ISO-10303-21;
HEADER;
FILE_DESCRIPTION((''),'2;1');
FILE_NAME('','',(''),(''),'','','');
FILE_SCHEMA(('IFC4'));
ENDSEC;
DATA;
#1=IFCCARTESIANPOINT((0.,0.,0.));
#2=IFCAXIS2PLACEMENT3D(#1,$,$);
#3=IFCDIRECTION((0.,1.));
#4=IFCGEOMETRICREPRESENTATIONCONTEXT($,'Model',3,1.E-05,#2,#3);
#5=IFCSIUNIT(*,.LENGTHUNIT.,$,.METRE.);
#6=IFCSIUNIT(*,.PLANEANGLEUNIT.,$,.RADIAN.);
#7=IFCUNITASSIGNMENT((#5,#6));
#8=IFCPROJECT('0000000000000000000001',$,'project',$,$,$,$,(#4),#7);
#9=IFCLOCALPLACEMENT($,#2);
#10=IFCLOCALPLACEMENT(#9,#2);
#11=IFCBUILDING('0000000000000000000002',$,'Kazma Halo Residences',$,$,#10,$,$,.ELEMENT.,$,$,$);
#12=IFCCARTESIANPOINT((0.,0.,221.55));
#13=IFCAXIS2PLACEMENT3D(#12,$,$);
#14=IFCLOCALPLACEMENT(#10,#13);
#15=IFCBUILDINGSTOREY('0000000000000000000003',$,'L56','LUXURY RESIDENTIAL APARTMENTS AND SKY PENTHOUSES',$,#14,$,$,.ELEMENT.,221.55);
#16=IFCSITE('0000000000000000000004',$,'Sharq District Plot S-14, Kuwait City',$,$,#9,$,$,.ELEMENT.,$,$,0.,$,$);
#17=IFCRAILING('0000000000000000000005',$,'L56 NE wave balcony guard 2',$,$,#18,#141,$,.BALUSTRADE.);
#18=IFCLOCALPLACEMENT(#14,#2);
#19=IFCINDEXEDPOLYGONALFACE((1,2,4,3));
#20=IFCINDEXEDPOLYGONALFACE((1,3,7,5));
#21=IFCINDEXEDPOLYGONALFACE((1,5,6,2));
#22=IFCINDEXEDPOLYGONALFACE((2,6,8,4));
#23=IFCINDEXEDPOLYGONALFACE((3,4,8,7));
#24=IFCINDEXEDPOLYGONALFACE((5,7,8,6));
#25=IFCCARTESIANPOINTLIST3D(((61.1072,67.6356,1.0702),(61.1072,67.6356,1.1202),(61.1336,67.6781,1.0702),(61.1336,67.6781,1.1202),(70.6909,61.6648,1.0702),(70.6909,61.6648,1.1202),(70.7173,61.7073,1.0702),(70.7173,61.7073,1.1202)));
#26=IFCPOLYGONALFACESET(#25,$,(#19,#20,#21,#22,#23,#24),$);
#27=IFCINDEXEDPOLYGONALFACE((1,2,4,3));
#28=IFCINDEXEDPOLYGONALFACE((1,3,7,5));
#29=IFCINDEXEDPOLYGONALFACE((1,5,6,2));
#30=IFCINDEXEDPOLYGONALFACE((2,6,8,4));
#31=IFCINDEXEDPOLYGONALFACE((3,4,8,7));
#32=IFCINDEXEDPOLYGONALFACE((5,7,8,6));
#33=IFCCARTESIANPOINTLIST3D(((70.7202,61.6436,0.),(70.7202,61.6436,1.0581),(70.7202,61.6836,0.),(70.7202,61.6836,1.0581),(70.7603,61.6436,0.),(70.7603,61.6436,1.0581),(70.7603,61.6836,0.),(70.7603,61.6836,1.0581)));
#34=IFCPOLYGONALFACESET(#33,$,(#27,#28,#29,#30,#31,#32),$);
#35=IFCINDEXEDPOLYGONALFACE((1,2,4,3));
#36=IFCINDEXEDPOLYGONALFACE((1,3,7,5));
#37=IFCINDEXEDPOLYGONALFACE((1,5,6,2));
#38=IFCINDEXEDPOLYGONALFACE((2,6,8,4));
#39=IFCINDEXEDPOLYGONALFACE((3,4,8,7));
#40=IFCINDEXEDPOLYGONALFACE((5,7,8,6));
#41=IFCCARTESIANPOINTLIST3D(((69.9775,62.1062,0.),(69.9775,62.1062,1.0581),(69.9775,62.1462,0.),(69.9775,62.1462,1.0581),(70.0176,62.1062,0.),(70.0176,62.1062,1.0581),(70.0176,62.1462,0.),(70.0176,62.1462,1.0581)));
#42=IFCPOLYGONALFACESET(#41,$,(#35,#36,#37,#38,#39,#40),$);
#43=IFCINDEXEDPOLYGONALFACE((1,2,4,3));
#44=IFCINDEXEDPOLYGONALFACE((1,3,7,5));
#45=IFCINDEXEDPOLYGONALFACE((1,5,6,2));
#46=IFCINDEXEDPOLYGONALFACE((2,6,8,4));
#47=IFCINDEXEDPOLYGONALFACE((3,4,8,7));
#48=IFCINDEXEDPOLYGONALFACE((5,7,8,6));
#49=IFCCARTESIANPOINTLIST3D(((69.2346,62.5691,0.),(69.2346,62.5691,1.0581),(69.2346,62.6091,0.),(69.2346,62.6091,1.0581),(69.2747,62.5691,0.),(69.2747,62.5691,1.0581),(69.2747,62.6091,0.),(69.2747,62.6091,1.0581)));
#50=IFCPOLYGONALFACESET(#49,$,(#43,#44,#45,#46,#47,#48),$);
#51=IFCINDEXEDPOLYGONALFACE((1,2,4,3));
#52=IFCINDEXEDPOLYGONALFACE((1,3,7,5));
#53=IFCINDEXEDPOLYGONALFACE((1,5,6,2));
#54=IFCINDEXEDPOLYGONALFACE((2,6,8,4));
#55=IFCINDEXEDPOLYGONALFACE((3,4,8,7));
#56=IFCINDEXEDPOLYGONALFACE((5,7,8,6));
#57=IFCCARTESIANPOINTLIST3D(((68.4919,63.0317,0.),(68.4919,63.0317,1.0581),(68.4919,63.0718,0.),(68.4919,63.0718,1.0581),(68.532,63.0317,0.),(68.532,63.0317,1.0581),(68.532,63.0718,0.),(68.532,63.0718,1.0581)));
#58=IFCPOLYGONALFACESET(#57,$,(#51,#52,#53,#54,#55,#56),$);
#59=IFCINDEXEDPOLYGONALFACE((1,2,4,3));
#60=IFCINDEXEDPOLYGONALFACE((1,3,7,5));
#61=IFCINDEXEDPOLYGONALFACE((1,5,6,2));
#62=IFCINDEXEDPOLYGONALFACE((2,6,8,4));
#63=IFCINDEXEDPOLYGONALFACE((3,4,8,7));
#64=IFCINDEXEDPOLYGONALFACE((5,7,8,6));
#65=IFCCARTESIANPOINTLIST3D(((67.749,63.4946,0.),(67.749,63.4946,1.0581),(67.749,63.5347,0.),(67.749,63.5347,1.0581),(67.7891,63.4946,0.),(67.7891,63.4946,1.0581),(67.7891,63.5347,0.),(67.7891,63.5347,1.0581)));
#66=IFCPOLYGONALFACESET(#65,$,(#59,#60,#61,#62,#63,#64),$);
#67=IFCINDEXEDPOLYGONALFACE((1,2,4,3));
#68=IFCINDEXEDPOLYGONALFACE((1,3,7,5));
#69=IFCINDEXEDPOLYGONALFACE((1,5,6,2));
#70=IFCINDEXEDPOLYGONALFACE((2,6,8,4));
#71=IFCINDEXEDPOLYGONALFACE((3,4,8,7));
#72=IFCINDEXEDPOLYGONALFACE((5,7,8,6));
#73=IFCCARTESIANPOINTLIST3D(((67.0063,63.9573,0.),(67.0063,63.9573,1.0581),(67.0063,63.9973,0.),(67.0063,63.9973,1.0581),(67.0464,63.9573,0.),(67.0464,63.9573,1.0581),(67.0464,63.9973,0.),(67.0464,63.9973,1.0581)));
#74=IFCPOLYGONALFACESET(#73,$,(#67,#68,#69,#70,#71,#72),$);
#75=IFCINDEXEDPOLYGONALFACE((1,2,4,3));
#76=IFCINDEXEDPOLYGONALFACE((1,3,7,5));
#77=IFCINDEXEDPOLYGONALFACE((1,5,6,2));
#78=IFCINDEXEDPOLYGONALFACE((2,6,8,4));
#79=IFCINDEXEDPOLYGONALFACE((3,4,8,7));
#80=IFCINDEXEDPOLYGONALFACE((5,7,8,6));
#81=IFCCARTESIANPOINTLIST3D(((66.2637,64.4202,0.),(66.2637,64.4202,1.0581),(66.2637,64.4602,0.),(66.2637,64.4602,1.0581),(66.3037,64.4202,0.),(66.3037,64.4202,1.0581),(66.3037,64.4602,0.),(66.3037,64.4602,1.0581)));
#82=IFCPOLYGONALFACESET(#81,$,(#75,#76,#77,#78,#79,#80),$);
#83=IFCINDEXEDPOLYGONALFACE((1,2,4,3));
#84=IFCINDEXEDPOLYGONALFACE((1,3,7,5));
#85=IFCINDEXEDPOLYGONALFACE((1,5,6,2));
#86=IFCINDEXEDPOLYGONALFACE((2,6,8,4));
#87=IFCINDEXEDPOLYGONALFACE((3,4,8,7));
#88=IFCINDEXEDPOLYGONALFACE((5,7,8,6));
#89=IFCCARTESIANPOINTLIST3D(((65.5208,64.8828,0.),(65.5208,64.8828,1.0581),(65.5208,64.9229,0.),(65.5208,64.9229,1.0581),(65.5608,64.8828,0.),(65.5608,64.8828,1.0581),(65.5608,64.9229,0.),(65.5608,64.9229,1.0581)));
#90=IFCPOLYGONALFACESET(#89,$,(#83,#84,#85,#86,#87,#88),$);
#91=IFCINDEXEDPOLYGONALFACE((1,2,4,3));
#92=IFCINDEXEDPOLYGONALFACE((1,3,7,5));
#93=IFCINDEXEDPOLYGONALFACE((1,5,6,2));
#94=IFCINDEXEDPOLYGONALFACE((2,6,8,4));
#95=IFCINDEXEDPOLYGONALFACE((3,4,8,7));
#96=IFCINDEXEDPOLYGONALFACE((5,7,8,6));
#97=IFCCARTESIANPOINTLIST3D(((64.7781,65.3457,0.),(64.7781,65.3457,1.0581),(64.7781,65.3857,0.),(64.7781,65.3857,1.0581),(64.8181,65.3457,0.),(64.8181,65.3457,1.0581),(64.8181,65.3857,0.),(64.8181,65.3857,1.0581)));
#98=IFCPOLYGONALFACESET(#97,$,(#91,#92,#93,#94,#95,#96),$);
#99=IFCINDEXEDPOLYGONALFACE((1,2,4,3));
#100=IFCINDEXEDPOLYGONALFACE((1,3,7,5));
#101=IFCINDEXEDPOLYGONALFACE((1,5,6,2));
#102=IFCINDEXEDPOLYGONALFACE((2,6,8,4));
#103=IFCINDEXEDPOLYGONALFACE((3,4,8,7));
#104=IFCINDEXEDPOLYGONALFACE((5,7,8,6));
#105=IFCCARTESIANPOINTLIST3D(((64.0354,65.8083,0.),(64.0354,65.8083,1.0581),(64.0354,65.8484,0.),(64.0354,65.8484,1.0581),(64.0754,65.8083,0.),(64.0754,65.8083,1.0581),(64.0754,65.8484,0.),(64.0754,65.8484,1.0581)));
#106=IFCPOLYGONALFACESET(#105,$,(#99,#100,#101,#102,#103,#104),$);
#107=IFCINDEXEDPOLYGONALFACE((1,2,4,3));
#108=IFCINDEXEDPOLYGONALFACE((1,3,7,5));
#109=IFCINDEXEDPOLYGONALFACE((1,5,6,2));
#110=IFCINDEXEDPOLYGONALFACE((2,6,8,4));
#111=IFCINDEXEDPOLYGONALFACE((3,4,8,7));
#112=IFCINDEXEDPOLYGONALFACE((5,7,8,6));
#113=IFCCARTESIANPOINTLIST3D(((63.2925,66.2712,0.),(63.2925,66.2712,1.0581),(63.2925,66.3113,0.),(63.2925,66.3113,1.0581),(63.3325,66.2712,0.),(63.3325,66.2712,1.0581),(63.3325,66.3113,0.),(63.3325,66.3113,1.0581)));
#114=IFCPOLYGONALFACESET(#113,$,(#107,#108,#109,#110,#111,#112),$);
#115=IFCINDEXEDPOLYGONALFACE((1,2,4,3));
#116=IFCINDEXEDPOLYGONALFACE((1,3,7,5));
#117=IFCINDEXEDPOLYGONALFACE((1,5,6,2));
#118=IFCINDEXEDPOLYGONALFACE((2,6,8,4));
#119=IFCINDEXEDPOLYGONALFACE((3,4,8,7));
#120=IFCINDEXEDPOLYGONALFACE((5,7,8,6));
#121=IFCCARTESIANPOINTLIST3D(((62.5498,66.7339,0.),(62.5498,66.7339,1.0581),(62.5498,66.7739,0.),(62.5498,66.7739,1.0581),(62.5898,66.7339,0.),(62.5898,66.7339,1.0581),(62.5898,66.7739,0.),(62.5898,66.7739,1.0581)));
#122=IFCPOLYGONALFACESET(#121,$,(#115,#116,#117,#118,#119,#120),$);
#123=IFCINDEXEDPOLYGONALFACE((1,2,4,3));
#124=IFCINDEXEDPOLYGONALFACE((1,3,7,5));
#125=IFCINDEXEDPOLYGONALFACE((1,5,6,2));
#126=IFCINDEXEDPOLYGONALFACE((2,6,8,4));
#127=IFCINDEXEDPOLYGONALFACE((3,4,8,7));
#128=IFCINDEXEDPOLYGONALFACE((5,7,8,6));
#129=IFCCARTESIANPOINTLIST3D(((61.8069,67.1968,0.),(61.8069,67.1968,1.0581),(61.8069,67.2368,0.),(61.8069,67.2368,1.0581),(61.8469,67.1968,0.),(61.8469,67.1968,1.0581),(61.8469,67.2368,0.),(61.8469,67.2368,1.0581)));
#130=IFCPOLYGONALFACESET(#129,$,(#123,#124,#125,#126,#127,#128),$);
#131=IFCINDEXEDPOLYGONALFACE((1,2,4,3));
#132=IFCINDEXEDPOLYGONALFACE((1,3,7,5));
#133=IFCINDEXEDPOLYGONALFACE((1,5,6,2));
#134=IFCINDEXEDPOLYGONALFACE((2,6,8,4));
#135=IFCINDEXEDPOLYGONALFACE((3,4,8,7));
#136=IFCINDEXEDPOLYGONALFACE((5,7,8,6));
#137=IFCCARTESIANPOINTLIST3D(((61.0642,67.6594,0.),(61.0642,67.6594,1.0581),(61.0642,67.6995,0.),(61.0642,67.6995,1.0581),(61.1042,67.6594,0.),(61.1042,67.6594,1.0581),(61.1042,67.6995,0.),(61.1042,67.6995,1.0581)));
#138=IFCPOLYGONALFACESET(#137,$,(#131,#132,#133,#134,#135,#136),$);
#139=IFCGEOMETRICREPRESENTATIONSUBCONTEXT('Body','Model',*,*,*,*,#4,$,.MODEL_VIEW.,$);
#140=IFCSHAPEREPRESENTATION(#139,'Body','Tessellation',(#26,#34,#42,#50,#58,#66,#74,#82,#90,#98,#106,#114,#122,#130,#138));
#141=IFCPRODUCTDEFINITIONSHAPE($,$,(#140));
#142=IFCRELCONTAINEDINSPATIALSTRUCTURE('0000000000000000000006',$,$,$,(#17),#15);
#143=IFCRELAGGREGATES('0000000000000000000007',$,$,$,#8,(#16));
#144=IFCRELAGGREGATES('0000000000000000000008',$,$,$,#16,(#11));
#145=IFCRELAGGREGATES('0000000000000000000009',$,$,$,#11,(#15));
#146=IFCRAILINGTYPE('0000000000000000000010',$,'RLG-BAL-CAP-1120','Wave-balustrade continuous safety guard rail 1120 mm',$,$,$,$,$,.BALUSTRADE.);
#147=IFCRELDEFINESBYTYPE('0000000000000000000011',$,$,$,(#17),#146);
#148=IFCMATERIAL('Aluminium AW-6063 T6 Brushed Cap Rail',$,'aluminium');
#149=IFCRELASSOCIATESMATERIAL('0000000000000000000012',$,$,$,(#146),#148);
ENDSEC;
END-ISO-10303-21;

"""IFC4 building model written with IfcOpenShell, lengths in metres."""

from ifc_helpers import new_model, si_unit, direction, frame, origin, origin_2d, place, context, subcontext, project, spatial, rectangle, extrude, material, type_object, element, save


model = new_model("IFC4")

# Units and contexts
model_context = context("Model", 3, precision=1e-05, world=origin(), true_north=direction((0.0, 1.0)))
body_context = subcontext(model_context, "Body", "Model", "MODEL_VIEW")
ifc_project = project(units=[si_unit("LENGTHUNIT", "METRE"), si_unit("PLANEANGLEUNIT", "RADIAN")], contexts=[model_context])

# Site, building, storey
site_placement = place(None, origin())
site = spatial("IfcSite", under=ifc_project, at=site_placement, Name="Sharq District Plot S-14, Kuwait City", CompositionType="ELEMENT", RefElevation=0.0)
building_placement = place(site_placement, origin())
building = spatial("IfcBuilding", under=site, at=building_placement, Name="Kazma Halo Residences", CompositionType="ELEMENT")
storey_placement = place(building_placement, frame((0.0, 0.0, 221.55)))
storey = spatial("IfcBuildingStorey", under=building, at=storey_placement, Name="L56", Description="LUXURY RESIDENTIAL APARTMENTS AND SKY PENTHOUSES", CompositionType="ELEMENT", Elevation=221.55)

# Railing
ifc_material_1 = material(Name="Aluminium AW-6063 T6 Brushed Cap Rail", Category="aluminium")
railing_type = type_object("IfcRailingType", Name="RLG-BAL-CAP-1120", Description="Wave-balustrade continuous safety guard rail 1120 mm", PredefinedType="BALUSTRADE", material=ifc_material_1)
railing_1_placement = place(storey_placement, frame((70.7402, 61.6636, 0.0)))
element("IfcRailing", 1, at=railing_1_placement, inside=storey, type_object=railing_type, Name="L56 NE wave balcony guard 2", PredefinedType="BALUSTRADE", context=body_context, shape_type="SweptSolid", body=[
    extrude(rectangle(XDim=0.05, YDim=0.05, at=origin_2d()), frame((-0.0361, 0.0225, 1.0952), z_axis=(-0.848753, 0.528789, 0.0), x_axis=(-0.528789, -0.848753, 0.0)), (0.0, 0.0, 1.0), 11.2915),
    extrude(rectangle(XDim=0.04, YDim=0.04, at=origin_2d()), origin(), (0.0, 0.0, 1.0), 1.0581),
    extrude(rectangle(XDim=0.04, YDim=0.04, at=origin_2d()), frame((-0.7427, 0.4626, 0.0)), (0.0, 0.0, 1.0), 1.0581),
    extrude(rectangle(XDim=0.04, YDim=0.04, at=origin_2d()), frame((-1.4856, 0.9255, 0.0)), (0.0, 0.0, 1.0), 1.0581),
    extrude(rectangle(XDim=0.04, YDim=0.04, at=origin_2d()), frame((-2.2283, 1.3882, 0.0)), (0.0, 0.0, 1.0), 1.0581),
    extrude(rectangle(XDim=0.04, YDim=0.04, at=origin_2d()), frame((-2.9712, 1.8511, 0.0)), (0.0, 0.0, 1.0), 1.0581),
    extrude(rectangle(XDim=0.04, YDim=0.04, at=origin_2d()), frame((-3.7139, 2.3137, 0.0)), (0.0, 0.0, 1.0), 1.0581),
    extrude(rectangle(XDim=0.04, YDim=0.04, at=origin_2d()), frame((-4.4565, 2.7766, 0.0)), (0.0, 0.0, 1.0), 1.0581),
    extrude(rectangle(XDim=0.04, YDim=0.04, at=origin_2d()), frame((-5.1995, 3.2393, 0.0)), (0.0, 0.0, 1.0), 1.0581),
    extrude(rectangle(XDim=0.04, YDim=0.04, at=origin_2d()), frame((-5.9421, 3.7021, 0.0)), (0.0, 0.0, 1.0), 1.0581),
    extrude(rectangle(XDim=0.04, YDim=0.04, at=origin_2d()), frame((-6.6848, 4.1648, 0.0)), (0.0, 0.0, 1.0), 1.0581),
    extrude(rectangle(XDim=0.04, YDim=0.04, at=origin_2d()), frame((-7.4277, 4.6277, 0.0)), (0.0, 0.0, 1.0), 1.0581),
    extrude(rectangle(XDim=0.04, YDim=0.04, at=origin_2d()), frame((-8.1704, 5.0903, 0.0)), (0.0, 0.0, 1.0), 1.0581),
    extrude(rectangle(XDim=0.04, YDim=0.04, at=origin_2d()), frame((-8.9133, 5.5532, 0.0)), (0.0, 0.0, 1.0), 1.0581),
    extrude(rectangle(XDim=0.04, YDim=0.04, at=origin_2d()), frame((-9.656, 6.0159, 0.0)), (0.0, 0.0, 1.0), 1.0581),
])

save(model, "model.ifc")
